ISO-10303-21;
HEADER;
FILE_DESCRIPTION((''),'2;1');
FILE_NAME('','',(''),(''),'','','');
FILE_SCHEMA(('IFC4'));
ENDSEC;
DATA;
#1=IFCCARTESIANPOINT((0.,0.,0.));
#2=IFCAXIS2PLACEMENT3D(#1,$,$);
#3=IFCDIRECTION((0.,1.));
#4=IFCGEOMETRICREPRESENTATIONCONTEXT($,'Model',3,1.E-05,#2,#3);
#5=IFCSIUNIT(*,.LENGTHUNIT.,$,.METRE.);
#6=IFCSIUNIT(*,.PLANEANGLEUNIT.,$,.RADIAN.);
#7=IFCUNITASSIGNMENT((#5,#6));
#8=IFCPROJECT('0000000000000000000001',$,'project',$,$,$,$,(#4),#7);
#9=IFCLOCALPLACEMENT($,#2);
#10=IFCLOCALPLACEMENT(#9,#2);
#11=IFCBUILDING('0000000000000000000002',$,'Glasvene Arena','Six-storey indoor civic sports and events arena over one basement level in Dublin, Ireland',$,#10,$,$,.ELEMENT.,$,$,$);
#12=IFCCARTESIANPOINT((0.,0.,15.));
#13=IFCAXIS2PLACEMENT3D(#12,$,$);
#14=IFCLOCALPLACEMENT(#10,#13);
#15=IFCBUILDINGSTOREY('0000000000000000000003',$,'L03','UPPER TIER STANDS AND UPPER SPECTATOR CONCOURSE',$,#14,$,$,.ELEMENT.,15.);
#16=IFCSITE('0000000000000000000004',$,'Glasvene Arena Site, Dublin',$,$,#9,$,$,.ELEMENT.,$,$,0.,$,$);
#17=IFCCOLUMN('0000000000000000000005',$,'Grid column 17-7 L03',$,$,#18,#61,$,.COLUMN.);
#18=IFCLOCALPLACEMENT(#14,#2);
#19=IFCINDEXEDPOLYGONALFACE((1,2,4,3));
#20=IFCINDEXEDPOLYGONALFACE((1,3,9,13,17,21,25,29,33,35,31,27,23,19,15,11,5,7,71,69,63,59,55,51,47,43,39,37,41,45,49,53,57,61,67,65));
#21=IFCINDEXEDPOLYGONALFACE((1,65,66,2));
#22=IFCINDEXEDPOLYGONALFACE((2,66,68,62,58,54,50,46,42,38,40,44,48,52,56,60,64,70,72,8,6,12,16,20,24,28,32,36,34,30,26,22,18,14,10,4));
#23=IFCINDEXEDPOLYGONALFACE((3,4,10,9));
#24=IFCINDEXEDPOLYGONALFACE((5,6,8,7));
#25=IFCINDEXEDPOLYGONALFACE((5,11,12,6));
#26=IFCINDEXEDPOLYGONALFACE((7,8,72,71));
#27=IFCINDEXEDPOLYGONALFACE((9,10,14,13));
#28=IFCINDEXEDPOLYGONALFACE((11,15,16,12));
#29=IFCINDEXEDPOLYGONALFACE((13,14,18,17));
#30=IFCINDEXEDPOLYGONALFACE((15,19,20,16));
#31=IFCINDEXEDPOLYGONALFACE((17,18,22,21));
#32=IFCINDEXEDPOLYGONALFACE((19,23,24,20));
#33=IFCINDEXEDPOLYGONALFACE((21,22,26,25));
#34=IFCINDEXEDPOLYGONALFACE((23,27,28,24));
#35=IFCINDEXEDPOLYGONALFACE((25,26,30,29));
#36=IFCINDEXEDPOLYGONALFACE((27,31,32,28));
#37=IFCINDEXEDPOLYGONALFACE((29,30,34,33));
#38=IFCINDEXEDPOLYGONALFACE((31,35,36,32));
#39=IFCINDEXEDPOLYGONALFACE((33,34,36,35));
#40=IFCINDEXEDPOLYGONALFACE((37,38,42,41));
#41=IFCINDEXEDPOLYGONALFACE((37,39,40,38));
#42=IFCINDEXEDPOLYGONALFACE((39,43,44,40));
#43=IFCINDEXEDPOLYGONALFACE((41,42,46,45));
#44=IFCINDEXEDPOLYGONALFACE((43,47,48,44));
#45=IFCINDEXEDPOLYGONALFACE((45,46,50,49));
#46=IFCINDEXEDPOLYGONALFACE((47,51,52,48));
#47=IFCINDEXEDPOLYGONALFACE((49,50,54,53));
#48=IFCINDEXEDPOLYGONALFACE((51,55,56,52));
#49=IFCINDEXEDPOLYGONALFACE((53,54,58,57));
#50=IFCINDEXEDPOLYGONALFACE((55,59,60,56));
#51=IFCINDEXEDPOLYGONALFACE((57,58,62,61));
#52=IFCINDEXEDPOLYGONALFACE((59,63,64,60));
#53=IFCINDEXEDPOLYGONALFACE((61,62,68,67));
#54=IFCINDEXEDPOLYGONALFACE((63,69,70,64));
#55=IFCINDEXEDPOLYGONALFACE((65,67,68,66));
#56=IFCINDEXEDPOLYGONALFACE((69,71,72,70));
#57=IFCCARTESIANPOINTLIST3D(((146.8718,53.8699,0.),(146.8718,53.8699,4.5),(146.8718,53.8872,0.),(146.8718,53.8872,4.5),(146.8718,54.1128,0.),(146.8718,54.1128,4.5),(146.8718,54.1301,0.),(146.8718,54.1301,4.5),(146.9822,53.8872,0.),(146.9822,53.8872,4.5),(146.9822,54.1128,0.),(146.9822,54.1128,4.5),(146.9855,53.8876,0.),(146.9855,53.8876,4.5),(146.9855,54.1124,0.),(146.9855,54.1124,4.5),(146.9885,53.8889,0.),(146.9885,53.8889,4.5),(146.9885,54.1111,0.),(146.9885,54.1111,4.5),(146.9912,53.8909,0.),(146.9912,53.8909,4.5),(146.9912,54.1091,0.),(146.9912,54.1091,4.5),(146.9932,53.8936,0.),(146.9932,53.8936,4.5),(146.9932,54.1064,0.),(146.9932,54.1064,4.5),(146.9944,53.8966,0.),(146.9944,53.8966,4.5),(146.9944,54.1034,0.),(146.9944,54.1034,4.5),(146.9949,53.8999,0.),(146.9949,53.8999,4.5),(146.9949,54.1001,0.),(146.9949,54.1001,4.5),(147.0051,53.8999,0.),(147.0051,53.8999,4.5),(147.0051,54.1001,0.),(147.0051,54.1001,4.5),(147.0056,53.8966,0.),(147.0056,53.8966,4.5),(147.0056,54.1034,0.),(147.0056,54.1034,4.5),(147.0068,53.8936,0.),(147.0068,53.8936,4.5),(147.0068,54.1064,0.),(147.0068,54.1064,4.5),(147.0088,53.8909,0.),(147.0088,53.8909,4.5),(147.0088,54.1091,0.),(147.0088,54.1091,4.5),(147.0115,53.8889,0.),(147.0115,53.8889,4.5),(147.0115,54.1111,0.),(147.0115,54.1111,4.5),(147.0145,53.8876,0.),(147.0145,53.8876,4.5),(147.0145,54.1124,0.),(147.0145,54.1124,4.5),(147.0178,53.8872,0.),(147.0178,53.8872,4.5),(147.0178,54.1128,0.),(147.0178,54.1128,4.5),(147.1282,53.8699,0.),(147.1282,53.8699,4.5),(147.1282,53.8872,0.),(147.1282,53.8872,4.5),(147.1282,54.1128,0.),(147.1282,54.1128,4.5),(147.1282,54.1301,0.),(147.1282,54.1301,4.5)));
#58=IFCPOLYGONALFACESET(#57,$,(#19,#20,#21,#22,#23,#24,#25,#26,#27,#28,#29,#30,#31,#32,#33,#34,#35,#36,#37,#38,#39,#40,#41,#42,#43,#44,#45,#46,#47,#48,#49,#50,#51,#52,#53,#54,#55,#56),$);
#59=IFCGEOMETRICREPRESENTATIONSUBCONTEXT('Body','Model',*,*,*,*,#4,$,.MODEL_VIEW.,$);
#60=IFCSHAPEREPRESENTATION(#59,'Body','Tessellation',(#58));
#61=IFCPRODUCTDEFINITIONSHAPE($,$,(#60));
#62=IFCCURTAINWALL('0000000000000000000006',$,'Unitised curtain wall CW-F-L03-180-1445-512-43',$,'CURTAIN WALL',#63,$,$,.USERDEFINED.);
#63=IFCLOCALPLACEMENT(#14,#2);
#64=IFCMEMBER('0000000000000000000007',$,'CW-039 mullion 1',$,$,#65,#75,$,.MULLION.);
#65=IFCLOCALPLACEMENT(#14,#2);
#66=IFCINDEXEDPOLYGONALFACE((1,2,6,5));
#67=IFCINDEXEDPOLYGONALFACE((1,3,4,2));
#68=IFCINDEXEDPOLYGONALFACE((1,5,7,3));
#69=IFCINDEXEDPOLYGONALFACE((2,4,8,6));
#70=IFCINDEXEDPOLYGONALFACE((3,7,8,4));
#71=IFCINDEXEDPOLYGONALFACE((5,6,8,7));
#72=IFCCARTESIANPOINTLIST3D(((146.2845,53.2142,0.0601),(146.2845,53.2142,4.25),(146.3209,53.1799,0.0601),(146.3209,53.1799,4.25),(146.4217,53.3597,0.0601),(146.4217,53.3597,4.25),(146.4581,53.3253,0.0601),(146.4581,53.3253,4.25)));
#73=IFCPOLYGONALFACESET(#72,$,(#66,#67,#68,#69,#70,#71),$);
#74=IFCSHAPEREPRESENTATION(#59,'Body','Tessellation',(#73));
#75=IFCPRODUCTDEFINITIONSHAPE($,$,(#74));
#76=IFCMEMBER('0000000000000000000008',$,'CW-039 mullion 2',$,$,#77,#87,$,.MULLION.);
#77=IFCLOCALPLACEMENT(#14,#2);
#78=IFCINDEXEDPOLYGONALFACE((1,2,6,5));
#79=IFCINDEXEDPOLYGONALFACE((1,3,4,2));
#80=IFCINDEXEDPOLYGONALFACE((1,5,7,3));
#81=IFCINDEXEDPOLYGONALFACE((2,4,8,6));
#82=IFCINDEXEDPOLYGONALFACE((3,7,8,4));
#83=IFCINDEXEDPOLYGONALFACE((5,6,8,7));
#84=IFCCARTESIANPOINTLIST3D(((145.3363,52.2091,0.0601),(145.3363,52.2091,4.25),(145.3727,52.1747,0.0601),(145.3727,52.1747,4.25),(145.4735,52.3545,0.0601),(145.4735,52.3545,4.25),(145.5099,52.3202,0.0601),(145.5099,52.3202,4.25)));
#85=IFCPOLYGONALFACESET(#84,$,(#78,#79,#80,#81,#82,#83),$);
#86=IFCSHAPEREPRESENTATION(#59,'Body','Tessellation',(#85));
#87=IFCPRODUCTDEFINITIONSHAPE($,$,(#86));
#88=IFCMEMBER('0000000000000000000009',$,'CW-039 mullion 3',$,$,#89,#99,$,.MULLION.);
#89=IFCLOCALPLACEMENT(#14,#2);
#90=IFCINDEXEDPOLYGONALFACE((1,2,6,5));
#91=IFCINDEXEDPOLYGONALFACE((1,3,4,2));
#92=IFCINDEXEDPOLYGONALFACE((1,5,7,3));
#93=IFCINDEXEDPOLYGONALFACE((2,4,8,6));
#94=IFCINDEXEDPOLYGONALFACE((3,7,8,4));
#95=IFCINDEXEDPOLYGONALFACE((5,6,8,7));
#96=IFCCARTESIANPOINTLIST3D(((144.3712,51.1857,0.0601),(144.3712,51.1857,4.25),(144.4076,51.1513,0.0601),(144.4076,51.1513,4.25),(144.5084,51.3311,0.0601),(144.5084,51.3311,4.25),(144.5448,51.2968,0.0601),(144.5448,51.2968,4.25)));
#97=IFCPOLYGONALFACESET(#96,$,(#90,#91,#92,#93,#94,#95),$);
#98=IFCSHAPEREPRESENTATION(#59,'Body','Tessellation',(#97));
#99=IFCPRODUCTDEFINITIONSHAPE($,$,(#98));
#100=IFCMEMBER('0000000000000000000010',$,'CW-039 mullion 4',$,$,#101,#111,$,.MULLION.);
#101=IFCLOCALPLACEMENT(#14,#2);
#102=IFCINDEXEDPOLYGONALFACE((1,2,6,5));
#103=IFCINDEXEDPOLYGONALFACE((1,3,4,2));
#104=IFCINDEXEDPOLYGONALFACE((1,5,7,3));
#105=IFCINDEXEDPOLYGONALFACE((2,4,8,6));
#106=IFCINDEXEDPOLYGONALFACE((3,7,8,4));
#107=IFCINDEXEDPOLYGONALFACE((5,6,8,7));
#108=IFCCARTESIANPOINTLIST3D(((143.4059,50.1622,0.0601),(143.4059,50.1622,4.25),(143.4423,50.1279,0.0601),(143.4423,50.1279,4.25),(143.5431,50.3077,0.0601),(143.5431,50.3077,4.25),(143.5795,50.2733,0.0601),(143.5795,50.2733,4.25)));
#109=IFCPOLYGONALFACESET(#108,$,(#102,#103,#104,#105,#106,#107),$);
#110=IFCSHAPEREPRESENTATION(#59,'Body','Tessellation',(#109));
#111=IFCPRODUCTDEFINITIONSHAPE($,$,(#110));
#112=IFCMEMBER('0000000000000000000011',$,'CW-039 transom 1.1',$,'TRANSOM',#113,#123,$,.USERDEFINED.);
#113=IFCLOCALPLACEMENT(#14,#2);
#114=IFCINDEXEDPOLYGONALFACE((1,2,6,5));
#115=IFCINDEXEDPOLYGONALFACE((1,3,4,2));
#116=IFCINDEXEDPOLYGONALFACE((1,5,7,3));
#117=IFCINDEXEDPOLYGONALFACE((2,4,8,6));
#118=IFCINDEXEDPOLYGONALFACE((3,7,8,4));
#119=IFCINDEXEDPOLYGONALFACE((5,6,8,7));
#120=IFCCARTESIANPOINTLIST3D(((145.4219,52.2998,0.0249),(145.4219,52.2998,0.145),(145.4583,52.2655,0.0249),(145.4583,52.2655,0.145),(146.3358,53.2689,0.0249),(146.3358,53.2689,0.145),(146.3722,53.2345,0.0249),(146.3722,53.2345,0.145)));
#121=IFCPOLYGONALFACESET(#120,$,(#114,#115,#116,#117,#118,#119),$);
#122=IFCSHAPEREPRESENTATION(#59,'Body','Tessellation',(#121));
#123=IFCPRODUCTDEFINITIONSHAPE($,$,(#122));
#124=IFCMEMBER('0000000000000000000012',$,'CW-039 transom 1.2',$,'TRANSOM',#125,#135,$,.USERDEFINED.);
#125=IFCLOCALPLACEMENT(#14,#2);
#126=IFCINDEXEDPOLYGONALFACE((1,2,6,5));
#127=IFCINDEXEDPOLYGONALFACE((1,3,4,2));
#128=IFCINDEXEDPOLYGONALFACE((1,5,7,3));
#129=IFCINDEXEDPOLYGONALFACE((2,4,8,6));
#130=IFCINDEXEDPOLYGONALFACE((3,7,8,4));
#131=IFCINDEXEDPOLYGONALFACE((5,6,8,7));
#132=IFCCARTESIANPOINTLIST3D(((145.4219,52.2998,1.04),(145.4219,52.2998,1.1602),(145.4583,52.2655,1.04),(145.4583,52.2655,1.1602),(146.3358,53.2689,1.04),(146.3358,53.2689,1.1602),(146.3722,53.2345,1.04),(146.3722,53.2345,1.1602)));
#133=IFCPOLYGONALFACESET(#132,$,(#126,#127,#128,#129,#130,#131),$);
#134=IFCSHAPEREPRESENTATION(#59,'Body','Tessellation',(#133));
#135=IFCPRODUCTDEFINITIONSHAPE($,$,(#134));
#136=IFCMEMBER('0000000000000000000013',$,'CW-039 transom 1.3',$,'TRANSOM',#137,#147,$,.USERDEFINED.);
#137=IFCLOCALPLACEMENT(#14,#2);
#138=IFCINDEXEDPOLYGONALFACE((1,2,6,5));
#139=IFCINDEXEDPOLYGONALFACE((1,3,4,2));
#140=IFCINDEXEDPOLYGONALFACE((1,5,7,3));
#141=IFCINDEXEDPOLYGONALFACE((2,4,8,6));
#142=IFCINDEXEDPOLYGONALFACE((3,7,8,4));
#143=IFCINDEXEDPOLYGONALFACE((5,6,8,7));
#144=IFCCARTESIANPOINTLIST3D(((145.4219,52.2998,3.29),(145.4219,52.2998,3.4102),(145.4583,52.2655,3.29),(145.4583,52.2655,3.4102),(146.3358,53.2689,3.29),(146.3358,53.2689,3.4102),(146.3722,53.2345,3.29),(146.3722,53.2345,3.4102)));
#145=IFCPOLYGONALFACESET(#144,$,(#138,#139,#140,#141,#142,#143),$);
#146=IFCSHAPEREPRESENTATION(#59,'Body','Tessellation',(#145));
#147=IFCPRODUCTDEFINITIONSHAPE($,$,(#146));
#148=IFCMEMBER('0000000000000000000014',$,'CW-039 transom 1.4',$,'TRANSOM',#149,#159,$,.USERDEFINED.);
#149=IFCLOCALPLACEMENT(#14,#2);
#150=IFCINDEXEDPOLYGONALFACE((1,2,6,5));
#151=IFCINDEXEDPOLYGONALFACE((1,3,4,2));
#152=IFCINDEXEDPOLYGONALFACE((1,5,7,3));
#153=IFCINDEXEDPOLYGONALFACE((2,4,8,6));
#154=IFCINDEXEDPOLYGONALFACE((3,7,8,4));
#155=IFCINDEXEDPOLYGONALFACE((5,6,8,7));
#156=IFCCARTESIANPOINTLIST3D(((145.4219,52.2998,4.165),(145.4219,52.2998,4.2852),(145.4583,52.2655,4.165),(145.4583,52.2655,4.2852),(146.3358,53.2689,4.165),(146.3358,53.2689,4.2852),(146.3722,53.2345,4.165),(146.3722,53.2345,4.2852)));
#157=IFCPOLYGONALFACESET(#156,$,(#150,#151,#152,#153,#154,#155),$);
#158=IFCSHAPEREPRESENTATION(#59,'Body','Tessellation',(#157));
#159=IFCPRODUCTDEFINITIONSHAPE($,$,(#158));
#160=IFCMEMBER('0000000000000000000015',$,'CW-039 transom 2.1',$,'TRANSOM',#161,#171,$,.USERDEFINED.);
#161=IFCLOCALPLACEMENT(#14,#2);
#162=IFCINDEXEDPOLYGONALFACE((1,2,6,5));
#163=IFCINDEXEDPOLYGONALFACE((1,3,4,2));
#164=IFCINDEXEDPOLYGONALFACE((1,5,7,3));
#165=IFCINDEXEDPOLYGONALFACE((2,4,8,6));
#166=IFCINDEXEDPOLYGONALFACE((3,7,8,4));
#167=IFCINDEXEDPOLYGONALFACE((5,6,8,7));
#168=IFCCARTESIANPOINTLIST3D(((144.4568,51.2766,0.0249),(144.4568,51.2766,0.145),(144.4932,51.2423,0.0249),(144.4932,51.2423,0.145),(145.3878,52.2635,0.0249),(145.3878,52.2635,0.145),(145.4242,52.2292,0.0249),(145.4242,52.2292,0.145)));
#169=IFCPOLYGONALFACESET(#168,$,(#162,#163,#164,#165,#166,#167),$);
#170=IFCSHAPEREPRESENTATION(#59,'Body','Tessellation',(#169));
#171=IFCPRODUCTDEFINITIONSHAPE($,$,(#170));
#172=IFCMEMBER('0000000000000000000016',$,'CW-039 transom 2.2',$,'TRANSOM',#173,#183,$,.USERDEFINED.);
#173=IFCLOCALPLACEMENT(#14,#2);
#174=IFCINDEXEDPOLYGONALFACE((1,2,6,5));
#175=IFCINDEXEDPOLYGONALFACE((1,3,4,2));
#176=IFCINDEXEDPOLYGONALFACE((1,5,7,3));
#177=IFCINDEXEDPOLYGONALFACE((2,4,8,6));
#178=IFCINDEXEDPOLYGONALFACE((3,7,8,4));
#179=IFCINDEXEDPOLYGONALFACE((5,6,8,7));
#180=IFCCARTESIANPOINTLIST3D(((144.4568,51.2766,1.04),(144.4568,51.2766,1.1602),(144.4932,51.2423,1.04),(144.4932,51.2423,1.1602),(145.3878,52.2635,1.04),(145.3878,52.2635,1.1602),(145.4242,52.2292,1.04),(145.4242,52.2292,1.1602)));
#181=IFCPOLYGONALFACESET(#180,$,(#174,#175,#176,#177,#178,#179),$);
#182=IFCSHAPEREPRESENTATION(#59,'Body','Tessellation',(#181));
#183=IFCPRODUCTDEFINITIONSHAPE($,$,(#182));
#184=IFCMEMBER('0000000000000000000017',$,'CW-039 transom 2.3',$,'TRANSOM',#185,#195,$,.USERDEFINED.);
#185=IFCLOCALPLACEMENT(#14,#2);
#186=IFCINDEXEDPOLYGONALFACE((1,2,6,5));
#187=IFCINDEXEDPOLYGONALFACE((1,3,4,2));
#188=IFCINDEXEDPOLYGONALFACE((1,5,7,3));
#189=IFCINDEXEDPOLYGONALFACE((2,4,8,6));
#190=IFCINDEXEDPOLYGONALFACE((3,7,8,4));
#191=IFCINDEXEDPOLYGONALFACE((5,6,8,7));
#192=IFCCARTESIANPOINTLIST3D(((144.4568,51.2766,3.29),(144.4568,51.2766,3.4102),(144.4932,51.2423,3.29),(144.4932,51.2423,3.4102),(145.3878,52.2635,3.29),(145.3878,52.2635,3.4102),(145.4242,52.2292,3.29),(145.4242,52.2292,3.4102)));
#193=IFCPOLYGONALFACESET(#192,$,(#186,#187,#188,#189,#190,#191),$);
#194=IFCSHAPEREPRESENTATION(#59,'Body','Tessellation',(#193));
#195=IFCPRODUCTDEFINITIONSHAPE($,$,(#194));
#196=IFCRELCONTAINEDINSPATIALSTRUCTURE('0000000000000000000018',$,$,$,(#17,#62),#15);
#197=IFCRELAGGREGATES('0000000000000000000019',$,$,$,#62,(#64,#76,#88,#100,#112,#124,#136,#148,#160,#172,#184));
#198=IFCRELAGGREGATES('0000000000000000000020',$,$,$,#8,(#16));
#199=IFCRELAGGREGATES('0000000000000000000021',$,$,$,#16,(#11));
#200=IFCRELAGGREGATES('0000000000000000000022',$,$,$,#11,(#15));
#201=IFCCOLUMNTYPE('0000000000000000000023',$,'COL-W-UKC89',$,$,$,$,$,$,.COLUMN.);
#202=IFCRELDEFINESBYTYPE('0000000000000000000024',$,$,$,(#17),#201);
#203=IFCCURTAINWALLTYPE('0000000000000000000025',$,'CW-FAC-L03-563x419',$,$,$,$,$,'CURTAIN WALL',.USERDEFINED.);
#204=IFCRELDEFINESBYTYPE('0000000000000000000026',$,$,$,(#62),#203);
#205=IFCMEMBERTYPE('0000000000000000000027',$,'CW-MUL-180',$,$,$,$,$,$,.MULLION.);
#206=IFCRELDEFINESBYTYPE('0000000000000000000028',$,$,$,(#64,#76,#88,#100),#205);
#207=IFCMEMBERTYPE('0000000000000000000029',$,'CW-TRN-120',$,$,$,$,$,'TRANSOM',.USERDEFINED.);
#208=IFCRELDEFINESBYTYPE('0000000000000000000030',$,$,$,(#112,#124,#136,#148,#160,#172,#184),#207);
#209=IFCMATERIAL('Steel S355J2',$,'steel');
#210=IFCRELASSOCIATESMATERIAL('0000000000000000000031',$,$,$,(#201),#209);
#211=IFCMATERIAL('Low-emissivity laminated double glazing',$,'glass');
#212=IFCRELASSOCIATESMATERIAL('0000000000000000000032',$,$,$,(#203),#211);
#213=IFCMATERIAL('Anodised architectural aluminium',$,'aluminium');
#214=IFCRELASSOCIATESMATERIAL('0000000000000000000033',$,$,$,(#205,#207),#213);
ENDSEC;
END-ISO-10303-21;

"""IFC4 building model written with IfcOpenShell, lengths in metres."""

from ifc_helpers import new_model, si_unit, direction, frame, origin, origin_2d, place, context, subcontext, project, spatial, rectangle, i_section, extrude, material, material_profile, profile_set, type_object, element, aggregate, save


model = new_model("IFC4")

# Units and contexts
model_context = context("Model", 3, precision=1e-05, world=origin(), true_north=direction((0.0, 1.0)))
body_context = subcontext(model_context, "Body", "Model", "MODEL_VIEW")
ifc_project = project(units=[si_unit("LENGTHUNIT", "METRE"), si_unit("PLANEANGLEUNIT", "RADIAN")], contexts=[model_context])

# Site, building, storey
site_placement = place(None, origin())
site = spatial("IfcSite", under=ifc_project, at=site_placement, Name="Glasvene Arena Site, Dublin", CompositionType="ELEMENT", RefElevation=0.0)
building_placement = place(site_placement, origin())
building = spatial("IfcBuilding", under=site, at=building_placement, Name="Glasvene Arena", Description="Six-storey indoor civic sports and events arena over one basement level in Dublin, Ireland", CompositionType="ELEMENT")
storey_placement = place(building_placement, frame((0.0, 0.0, 15.0)))
storey = spatial("IfcBuildingStorey", under=building, at=storey_placement, Name="L03", Description="UPPER TIER STANDS AND UPPER SPECTATOR CONCOURSE", CompositionType="ELEMENT", Elevation=15.0)

# Column
ifc_material_1 = material(Name="Steel S355J2", Category="steel")
ifc_material_profile_1 = material_profile(ifc_material_1, i_section(OverallWidth=0.2563, OverallDepth=0.2603, WebThickness=0.0103, FlangeThickness=0.0173, FilletRadius=0.0127, at=origin_2d()), Name="UKC 254x254x89")
ifc_profile_set_1 = profile_set([ifc_material_profile_1], Name="Steel S355J2")
column_type = type_object("IfcColumnType", Name="COL-W-UKC89", PredefinedType="COLUMN", material=ifc_profile_set_1)
column_placement = place(storey_placement, frame((147.0, 54.0, 0.0), z_axis=(0.0, 0.0, 1.0), x_axis=(1.0, 0.0, 0.0)))
element("IfcColumn", 1, at=column_placement, inside=storey, type_object=column_type, Name="Grid column 17-7 L03", PredefinedType="COLUMN", context=body_context, shape_type="SweptSolid", body=[
    extrude(i_section(OverallWidth=0.2563, OverallDepth=0.2603, WebThickness=0.0103, FlangeThickness=0.0173, FilletRadius=0.0127, at=origin_2d()), origin(), (0.0, 0.0, 1.0), 4.5),
])

# Curtain wall, members
ifc_material_2 = material(Name="Low-emissivity laminated double glazing", Category="glass")
curtain_wall_type = type_object("IfcCurtainWallType", Name="CW-FAC-L03-563x419", ElementType="CURTAIN WALL", PredefinedType="USERDEFINED", material=ifc_material_2)
curtain_wall_placement = place(storey_placement, frame((146.3884, 53.2881, 0.0)))
curtain_wall = element("IfcCurtainWall", 2, at=curtain_wall_placement, inside=storey, type_object=curtain_wall_type, Name="Unitised curtain wall CW-F-L03-180-1445-512-43", ObjectType="CURTAIN WALL", PredefinedType="USERDEFINED")
ifc_material_3 = material(Name="Anodised architectural aluminium", Category="aluminium")
ifc_material_profile_2 = material_profile(ifc_material_3, rectangle(XDim=0.05, YDim=0.2, at=origin_2d()), Name="ALU MULLION 50x200")
ifc_profile_set_2 = profile_set([ifc_material_profile_2], Name="Anodised architectural aluminium")
member_type_1 = type_object("IfcMemberType", Name="CW-MUL-180", PredefinedType="MULLION", material=ifc_profile_set_2)
member_1_placement = place(storey_placement, frame((146.3713, 53.2698, 0.0601), z_axis=(0.0, 0.0, 1.0), x_axis=(0.727464, -0.686146, 0.0)))
member_1 = element("IfcMember", 3, at=member_1_placement, type_object=member_type_1, Name="CW-039 mullion 1", PredefinedType="MULLION", context=body_context, shape_type="SweptSolid", body=[
    extrude(rectangle(XDim=0.05, YDim=0.2, at=origin_2d()), origin(), (0.0, 0.0, 1.0), 4.1899),
])
member_2_placement = place(storey_placement, frame((145.4231, 52.2646, 0.0601), z_axis=(0.0, 0.0, 1.0), x_axis=(0.727464, -0.686146, 0.0)))
member_2 = element("IfcMember", 4, at=member_2_placement, type_object=member_type_1, Name="CW-039 mullion 2", PredefinedType="MULLION", context=body_context, shape_type="SweptSolid", body=[
    extrude(rectangle(XDim=0.05, YDim=0.2, at=origin_2d()), origin(), (0.0, 0.0, 1.0), 4.1899),
])
member_3_placement = place(storey_placement, frame((144.458, 51.2412, 0.0601), z_axis=(0.0, 0.0, 1.0), x_axis=(0.727464, -0.686146, 0.0)))
member_3 = element("IfcMember", 5, at=member_3_placement, type_object=member_type_1, Name="CW-039 mullion 3", PredefinedType="MULLION", context=body_context, shape_type="SweptSolid", body=[
    extrude(rectangle(XDim=0.05, YDim=0.2, at=origin_2d()), origin(), (0.0, 0.0, 1.0), 4.1899),
])
member_4_placement = place(storey_placement, frame((143.4927, 50.2178, 0.0601), z_axis=(0.0, 0.0, 1.0), x_axis=(0.727464, -0.686146, 0.0)))
member_4 = element("IfcMember", 6, at=member_4_placement, type_object=member_type_1, Name="CW-039 mullion 4", PredefinedType="MULLION", context=body_context, shape_type="SweptSolid", body=[
    extrude(rectangle(XDim=0.05, YDim=0.2, at=origin_2d()), origin(), (0.0, 0.0, 1.0), 4.1899),
])
ifc_material_profile_3 = material_profile(ifc_material_3, rectangle(XDim=0.05, YDim=0.1201, at=origin_2d()), Name="ALU TRANSOM 50x120")
ifc_profile_set_3 = profile_set([ifc_material_profile_3], Name="Anodised architectural aluminium")
member_type_2 = type_object("IfcMemberType", Name="CW-TRN-120", ElementType="TRANSOM", PredefinedType="USERDEFINED", material=ifc_profile_set_3)
member_5_placement = place(storey_placement, frame((146.354, 53.2517, 0.085), z_axis=(-0.68609, -0.727516, 0.0), x_axis=(0.727516, -0.68609, 0.0)))
member_5 = element("IfcMember", 7, at=member_5_placement, type_object=member_type_2, Name="CW-039 transom 1.1", ObjectType="TRANSOM", PredefinedType="USERDEFINED", context=body_context, shape_type="SweptSolid", body=[
    extrude(rectangle(XDim=0.05, YDim=0.1201, at=origin_2d()), origin(), (0.0, 0.0, 1.0), 1.332),
])
member_6_placement = place(storey_placement, frame((146.354, 53.2517, 1.1001), z_axis=(-0.68609, -0.727516, 0.0), x_axis=(0.727516, -0.68609, 0.0)))
member_6 = element("IfcMember", 8, at=member_6_placement, type_object=member_type_2, Name="CW-039 transom 1.2", ObjectType="TRANSOM", PredefinedType="USERDEFINED", context=body_context, shape_type="SweptSolid", body=[
    extrude(rectangle(XDim=0.05, YDim=0.1201, at=origin_2d()), origin(), (0.0, 0.0, 1.0), 1.332),
])
member_7_placement = place(storey_placement, frame((146.354, 53.2517, 3.3501), z_axis=(-0.68609, -0.727516, 0.0), x_axis=(0.727516, -0.68609, 0.0)))
member_7 = element("IfcMember", 9, at=member_7_placement, type_object=member_type_2, Name="CW-039 transom 1.3", ObjectType="TRANSOM", PredefinedType="USERDEFINED", context=body_context, shape_type="SweptSolid", body=[
    extrude(rectangle(XDim=0.05, YDim=0.1201, at=origin_2d()), origin(), (0.0, 0.0, 1.0), 1.332),
])
member_8_placement = place(storey_placement, frame((146.354, 53.2517, 4.2251), z_axis=(-0.68609, -0.727516, 0.0), x_axis=(0.727516, -0.68609, 0.0)))
member_8 = element("IfcMember", 10, at=member_8_placement, type_object=member_type_2, Name="CW-039 transom 1.4", ObjectType="TRANSOM", PredefinedType="USERDEFINED", context=body_context, shape_type="SweptSolid", body=[
    extrude(rectangle(XDim=0.05, YDim=0.1201, at=origin_2d()), origin(), (0.0, 0.0, 1.0), 1.332),
])
member_9_placement = place(storey_placement, frame((145.406, 52.2463, 0.085), z_axis=(-0.686201, -0.727412, 0.0), x_axis=(0.727412, -0.686201, 0.0)))
member_9 = element("IfcMember", 11, at=member_9_placement, type_object=member_type_2, Name="CW-039 transom 2.1", ObjectType="TRANSOM", PredefinedType="USERDEFINED", context=body_context, shape_type="SweptSolid", body=[
    extrude(rectangle(XDim=0.05, YDim=0.1201, at=origin_2d()), origin(), (0.0, 0.0, 1.0), 1.3567),
])
member_10_placement = place(storey_placement, frame((145.406, 52.2463, 1.1001), z_axis=(-0.686201, -0.727412, 0.0), x_axis=(0.727412, -0.686201, 0.0)))
member_10 = element("IfcMember", 12, at=member_10_placement, type_object=member_type_2, Name="CW-039 transom 2.2", ObjectType="TRANSOM", PredefinedType="USERDEFINED", context=body_context, shape_type="SweptSolid", body=[
    extrude(rectangle(XDim=0.05, YDim=0.1201, at=origin_2d()), origin(), (0.0, 0.0, 1.0), 1.3567),
])
member_11_placement = place(storey_placement, frame((145.406, 52.2463, 3.3501), z_axis=(-0.686201, -0.727412, 0.0), x_axis=(0.727412, -0.686201, 0.0)))
member_11 = element("IfcMember", 13, at=member_11_placement, type_object=member_type_2, Name="CW-039 transom 2.3", ObjectType="TRANSOM", PredefinedType="USERDEFINED", context=body_context, shape_type="SweptSolid", body=[
    extrude(rectangle(XDim=0.05, YDim=0.1201, at=origin_2d()), origin(), (0.0, 0.0, 1.0), 1.3567),
])
aggregate(curtain_wall, [member_1, member_2, member_3, member_4, member_5, member_6, member_7, member_8, member_9, member_10, member_11])

save(model, "model.ifc")
